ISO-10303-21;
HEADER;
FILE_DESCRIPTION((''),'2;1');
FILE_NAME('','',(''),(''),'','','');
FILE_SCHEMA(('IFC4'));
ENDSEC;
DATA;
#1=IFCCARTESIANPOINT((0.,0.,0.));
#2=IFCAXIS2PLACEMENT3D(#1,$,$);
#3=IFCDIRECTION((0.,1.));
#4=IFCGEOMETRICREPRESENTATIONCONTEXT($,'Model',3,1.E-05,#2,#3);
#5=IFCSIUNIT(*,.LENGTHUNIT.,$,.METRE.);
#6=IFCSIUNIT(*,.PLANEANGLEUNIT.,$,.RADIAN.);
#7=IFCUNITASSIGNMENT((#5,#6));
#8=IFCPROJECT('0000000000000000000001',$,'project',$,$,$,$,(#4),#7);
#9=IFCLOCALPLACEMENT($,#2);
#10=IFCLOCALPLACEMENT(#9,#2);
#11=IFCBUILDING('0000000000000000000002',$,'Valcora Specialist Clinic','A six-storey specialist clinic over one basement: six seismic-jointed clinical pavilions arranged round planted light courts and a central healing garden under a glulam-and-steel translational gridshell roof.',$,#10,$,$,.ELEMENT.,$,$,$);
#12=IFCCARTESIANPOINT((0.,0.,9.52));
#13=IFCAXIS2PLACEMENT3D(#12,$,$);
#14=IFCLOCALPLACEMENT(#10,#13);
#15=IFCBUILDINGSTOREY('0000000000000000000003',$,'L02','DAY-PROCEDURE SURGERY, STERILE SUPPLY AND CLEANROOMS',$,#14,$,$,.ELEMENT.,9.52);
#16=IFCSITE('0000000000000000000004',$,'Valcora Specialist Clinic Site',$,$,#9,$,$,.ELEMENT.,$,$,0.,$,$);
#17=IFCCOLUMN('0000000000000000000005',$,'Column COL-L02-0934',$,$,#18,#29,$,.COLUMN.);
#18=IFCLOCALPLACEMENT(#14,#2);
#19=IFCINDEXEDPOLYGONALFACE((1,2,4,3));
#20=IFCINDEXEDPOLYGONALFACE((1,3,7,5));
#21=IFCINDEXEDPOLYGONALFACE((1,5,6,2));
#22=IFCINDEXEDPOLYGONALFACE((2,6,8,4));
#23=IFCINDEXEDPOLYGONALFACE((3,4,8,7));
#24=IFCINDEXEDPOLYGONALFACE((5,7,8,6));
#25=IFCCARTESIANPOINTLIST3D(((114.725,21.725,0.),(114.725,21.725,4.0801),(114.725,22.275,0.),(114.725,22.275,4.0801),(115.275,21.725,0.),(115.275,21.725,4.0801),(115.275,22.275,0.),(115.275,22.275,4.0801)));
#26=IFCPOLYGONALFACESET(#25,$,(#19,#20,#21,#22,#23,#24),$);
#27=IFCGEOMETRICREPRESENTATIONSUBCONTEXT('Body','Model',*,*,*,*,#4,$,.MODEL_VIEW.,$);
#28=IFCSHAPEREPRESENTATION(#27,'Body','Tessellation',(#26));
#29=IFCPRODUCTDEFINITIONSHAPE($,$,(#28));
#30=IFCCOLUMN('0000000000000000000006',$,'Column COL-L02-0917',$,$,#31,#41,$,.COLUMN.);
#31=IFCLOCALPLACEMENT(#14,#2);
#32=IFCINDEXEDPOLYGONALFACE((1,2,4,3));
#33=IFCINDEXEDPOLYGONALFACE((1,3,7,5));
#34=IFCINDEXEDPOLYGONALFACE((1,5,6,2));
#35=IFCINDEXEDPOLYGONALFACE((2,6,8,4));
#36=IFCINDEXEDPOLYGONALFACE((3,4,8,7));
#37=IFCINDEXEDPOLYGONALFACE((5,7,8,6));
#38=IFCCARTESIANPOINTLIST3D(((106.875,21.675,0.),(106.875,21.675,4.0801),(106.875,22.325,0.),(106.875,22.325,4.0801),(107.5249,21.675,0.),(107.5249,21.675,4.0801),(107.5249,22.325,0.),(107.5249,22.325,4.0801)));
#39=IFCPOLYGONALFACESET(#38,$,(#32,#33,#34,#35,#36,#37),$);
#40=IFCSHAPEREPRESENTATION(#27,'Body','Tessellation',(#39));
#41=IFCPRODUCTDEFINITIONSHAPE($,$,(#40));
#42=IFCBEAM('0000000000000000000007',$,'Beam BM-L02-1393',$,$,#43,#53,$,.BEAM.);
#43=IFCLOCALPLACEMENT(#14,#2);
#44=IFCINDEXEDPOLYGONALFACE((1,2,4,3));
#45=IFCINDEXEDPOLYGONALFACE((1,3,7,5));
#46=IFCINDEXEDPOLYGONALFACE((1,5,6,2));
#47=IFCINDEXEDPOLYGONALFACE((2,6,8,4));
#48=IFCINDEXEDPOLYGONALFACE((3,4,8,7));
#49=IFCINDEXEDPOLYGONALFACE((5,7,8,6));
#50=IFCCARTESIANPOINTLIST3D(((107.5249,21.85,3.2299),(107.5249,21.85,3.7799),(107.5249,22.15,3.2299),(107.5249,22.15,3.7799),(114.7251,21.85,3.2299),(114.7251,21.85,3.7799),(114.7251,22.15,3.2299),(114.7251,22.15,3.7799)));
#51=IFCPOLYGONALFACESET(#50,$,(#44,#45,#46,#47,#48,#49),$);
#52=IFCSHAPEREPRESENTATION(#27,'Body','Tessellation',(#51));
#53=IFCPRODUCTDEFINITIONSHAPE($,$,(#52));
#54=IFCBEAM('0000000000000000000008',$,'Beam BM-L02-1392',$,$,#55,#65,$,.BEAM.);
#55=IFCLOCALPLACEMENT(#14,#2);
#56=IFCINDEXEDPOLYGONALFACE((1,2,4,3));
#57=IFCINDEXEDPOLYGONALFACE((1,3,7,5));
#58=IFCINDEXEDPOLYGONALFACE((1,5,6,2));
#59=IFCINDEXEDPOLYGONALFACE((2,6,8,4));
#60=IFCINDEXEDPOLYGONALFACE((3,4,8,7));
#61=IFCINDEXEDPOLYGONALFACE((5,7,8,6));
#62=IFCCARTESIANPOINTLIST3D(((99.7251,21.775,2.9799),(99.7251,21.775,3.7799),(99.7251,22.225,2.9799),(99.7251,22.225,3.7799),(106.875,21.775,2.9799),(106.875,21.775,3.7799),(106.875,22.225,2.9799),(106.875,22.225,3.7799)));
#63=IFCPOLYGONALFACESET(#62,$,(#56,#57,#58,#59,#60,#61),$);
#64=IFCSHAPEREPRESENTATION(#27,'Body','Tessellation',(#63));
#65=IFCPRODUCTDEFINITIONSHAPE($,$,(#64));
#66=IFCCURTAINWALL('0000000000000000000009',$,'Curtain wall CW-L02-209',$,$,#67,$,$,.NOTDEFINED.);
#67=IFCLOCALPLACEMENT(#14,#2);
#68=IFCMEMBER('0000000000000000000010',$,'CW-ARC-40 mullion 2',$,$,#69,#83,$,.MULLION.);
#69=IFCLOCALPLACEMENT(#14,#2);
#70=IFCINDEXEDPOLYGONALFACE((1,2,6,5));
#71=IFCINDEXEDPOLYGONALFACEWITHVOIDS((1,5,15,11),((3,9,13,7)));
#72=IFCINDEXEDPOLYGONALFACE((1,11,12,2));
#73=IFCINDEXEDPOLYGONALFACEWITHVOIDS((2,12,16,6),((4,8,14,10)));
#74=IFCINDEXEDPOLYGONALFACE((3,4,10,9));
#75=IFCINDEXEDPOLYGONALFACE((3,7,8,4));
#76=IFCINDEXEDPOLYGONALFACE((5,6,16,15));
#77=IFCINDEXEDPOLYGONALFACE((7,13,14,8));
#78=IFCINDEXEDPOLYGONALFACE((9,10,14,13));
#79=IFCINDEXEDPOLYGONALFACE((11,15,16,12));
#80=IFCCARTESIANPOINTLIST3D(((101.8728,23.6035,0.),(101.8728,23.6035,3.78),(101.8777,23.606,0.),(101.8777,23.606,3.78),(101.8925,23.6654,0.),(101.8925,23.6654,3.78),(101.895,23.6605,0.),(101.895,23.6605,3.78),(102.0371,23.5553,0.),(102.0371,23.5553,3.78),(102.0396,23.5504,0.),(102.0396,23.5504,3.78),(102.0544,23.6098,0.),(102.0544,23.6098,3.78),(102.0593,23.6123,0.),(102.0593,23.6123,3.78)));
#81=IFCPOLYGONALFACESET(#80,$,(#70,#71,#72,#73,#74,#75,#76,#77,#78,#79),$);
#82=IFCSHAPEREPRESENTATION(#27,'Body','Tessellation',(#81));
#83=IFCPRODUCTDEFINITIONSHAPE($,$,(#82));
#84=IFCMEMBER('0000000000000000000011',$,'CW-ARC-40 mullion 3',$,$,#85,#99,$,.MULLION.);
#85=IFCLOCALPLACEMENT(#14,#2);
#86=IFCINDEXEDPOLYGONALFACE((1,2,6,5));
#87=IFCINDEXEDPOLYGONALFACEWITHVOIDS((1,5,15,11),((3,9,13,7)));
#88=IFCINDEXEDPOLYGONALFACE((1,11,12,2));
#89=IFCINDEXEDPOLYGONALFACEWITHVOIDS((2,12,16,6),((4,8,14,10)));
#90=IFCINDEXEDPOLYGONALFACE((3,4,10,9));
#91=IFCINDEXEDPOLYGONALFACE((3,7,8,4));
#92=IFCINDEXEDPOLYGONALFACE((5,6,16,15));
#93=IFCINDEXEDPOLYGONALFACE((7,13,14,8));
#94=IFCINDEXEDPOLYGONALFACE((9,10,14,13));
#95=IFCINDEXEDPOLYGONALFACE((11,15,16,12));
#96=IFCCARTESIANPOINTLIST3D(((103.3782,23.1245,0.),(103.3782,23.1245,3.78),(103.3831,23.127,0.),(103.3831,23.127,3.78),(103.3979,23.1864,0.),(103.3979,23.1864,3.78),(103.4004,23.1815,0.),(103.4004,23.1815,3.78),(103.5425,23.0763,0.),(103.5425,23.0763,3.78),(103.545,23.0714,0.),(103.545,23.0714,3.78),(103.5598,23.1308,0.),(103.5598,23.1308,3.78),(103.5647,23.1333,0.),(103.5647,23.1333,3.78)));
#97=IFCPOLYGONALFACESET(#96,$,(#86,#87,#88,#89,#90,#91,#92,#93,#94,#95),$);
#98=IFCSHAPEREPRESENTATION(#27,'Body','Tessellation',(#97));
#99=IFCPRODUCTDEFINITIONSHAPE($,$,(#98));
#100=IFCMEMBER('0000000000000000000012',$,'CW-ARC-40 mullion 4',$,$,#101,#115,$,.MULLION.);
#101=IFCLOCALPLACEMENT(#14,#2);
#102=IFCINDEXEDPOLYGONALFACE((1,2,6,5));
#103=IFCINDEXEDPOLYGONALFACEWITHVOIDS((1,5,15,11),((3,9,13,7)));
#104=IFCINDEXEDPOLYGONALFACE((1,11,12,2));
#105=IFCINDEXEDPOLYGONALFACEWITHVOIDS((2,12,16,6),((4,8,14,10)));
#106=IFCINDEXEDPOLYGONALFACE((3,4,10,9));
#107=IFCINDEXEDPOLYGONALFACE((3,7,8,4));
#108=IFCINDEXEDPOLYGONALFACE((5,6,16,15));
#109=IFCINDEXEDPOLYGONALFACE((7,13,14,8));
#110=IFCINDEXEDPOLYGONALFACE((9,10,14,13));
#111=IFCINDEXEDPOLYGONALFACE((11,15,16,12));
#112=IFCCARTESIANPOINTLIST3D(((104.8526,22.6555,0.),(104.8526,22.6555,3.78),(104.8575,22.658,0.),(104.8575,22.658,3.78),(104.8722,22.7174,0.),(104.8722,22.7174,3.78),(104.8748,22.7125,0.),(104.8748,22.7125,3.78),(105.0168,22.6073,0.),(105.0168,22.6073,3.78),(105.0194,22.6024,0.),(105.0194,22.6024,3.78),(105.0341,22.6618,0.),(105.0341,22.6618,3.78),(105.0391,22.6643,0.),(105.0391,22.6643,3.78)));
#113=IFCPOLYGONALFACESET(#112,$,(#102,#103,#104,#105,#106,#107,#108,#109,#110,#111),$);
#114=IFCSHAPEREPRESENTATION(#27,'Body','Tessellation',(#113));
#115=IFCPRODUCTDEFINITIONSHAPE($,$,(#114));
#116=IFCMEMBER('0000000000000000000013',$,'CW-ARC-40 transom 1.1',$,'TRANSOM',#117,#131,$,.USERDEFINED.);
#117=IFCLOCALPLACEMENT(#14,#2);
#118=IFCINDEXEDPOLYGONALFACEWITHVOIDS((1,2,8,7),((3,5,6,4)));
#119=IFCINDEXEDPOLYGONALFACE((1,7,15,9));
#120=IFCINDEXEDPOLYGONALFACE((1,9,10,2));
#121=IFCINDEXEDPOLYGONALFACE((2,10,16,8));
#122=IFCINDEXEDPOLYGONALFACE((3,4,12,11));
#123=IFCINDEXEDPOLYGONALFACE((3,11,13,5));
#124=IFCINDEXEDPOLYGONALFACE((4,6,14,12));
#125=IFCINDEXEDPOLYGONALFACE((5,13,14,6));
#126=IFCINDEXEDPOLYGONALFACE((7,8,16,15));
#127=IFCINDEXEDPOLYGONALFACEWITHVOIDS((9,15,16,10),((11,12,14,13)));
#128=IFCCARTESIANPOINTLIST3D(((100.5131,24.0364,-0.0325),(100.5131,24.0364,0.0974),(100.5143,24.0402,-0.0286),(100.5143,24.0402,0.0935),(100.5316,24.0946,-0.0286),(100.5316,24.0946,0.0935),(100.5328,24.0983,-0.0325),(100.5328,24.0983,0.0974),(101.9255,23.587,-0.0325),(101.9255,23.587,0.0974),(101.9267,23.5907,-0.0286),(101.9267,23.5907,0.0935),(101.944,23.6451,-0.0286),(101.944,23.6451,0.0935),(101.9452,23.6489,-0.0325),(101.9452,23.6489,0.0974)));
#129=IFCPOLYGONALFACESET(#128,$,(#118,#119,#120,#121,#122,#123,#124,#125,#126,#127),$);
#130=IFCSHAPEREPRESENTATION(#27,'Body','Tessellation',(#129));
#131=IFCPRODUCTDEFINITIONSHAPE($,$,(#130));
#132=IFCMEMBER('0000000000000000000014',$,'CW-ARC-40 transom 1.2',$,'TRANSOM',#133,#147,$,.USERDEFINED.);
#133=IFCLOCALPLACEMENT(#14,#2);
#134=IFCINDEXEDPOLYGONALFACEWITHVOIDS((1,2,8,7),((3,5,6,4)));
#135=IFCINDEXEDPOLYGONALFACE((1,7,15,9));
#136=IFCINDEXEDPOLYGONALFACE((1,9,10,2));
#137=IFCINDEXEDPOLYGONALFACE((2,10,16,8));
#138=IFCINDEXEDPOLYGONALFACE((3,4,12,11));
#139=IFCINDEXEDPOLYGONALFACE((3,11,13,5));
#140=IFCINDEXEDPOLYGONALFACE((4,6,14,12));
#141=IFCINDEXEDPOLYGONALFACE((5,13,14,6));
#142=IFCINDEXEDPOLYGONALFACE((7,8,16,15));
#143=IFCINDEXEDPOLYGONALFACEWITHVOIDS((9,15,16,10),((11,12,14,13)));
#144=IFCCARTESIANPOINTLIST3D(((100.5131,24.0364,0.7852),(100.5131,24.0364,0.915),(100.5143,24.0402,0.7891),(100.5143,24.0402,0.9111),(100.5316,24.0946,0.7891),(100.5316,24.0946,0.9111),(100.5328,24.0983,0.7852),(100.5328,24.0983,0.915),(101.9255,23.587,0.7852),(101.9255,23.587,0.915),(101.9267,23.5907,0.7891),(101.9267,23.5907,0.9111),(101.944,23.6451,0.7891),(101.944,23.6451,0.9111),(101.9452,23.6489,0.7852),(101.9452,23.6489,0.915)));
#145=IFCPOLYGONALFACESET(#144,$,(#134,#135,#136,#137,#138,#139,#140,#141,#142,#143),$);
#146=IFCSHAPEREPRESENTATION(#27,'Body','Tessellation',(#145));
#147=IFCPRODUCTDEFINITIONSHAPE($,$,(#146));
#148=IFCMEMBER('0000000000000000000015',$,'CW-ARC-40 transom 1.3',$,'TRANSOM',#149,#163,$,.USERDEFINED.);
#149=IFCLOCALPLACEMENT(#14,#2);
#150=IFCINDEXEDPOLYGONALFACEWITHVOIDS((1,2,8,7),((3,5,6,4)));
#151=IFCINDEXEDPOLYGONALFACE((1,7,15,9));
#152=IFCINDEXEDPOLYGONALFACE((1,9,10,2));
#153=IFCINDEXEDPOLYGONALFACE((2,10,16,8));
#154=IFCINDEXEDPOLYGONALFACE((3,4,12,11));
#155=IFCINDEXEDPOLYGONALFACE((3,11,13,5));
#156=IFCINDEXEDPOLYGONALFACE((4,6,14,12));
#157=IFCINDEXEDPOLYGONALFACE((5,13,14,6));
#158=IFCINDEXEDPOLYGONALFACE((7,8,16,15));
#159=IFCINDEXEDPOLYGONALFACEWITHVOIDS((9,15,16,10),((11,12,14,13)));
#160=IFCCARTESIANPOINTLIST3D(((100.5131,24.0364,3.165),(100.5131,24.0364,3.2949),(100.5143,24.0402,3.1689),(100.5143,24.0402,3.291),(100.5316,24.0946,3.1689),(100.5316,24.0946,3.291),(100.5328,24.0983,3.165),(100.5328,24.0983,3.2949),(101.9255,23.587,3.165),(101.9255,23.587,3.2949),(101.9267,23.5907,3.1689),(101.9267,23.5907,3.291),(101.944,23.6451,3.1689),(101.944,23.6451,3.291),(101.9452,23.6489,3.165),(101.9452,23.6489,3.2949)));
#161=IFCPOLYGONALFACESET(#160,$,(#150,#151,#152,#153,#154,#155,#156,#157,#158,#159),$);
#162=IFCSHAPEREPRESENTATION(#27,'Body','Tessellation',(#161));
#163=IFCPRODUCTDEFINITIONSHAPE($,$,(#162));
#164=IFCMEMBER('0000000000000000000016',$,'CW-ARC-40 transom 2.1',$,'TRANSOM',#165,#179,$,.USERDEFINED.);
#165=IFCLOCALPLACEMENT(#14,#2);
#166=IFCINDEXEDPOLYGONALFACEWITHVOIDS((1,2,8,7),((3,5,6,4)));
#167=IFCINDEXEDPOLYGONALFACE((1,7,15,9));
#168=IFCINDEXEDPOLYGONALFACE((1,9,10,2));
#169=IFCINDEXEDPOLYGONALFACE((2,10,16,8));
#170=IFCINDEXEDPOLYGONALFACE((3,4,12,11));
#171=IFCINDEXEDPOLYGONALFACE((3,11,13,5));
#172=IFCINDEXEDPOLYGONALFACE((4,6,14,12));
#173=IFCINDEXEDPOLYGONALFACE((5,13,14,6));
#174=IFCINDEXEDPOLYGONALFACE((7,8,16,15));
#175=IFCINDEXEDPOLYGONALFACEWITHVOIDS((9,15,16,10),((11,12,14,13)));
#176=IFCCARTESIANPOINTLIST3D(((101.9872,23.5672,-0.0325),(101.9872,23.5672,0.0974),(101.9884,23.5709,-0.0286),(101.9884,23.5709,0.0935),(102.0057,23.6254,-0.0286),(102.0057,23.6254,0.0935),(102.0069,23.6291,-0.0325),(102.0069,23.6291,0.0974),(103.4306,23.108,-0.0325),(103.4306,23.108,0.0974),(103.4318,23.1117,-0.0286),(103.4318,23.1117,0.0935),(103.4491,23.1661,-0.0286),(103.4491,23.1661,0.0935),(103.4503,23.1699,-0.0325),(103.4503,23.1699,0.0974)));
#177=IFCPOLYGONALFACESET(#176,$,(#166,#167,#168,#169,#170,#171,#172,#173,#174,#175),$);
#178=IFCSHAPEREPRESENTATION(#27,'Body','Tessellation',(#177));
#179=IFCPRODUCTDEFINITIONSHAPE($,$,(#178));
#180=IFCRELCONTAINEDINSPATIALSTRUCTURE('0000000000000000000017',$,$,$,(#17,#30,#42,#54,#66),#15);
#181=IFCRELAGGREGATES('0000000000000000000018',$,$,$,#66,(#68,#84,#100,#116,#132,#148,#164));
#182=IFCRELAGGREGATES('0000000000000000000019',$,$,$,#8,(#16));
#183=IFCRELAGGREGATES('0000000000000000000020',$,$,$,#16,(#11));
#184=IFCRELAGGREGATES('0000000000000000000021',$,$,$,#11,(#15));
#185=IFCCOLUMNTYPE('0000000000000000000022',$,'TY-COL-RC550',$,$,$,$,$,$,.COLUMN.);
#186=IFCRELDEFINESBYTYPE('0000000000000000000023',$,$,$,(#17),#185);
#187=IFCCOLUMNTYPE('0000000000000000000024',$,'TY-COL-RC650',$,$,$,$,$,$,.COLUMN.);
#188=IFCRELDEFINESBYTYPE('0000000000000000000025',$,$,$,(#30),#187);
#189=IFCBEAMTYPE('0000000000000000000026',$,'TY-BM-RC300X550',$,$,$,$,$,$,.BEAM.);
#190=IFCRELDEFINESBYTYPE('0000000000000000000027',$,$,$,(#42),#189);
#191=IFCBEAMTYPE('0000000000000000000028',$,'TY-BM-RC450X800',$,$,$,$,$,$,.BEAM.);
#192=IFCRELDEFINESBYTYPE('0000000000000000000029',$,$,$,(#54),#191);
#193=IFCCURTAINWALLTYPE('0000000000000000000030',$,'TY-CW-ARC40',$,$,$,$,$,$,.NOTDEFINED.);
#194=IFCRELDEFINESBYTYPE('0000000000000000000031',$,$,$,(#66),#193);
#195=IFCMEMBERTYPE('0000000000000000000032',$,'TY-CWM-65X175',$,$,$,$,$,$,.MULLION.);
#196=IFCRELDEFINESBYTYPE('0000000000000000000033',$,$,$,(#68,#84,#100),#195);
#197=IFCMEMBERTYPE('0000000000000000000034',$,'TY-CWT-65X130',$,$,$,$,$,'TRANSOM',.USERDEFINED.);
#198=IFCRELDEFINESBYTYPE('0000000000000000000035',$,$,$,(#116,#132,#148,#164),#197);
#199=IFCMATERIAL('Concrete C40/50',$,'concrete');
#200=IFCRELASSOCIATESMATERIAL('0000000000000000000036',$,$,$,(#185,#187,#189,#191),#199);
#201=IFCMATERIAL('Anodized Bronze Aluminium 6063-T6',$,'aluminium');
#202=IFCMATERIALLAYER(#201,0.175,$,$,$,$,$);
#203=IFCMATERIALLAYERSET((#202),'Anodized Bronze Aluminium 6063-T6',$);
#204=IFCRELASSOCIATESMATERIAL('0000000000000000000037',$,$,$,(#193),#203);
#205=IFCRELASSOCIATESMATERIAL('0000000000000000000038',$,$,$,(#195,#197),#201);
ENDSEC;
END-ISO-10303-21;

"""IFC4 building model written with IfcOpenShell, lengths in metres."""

from ifc_helpers import new_model, si_unit, direction, frame, origin, origin_2d, place, context, subcontext, project, spatial, rectangle, hollow_rectangle, extrude, material, layer, layer_set, material_profile, profile_set, type_object, element, aggregate, save


model = new_model("IFC4")

# Units and contexts
model_context = context("Model", 3, precision=1e-05, world=origin(), true_north=direction((0.0, 1.0)))
body_context = subcontext(model_context, "Body", "Model", "MODEL_VIEW")
ifc_project = project(units=[si_unit("LENGTHUNIT", "METRE"), si_unit("PLANEANGLEUNIT", "RADIAN")], contexts=[model_context])

# Site, building, storey
site_placement = place(None, origin())
site = spatial("IfcSite", under=ifc_project, at=site_placement, Name="Valcora Specialist Clinic Site", CompositionType="ELEMENT", RefElevation=0.0)
building_placement = place(site_placement, origin())
building = spatial("IfcBuilding", under=site, at=building_placement, Name="Valcora Specialist Clinic", Description="A six-storey specialist clinic over one basement: six seismic-jointed clinical pavilions arranged round planted light courts and a central healing garden under a glulam-and-steel translational gridshell roof.", CompositionType="ELEMENT")
storey_placement = place(building_placement, frame((0.0, 0.0, 9.52)))
storey = spatial("IfcBuildingStorey", under=building, at=storey_placement, Name="L02", Description="DAY-PROCEDURE SURGERY, STERILE SUPPLY AND CLEANROOMS", CompositionType="ELEMENT", Elevation=9.52)

# Columns
ifc_material_1 = material(Name="Concrete C40/50", Category="concrete")
ifc_material_profile_1 = material_profile(ifc_material_1, rectangle(XDim=0.55, YDim=0.55, at=origin_2d()), Name="RC-COL-550X550")
ifc_profile_set_1 = profile_set([ifc_material_profile_1], Name="Concrete C40/50")
column_type_1 = type_object("IfcColumnType", Name="TY-COL-RC550", PredefinedType="COLUMN", material=ifc_profile_set_1)
column_1_placement = place(storey_placement, frame((115.0, 22.0, 0.0), z_axis=(0.0, 0.0, 1.0), x_axis=(1.0, 0.0, 0.0)))
element("IfcColumn", 1, at=column_1_placement, inside=storey, type_object=column_type_1, Name="Column COL-L02-0934", PredefinedType="COLUMN", context=body_context, shape_type="SweptSolid", body=[
    extrude(rectangle(XDim=0.55, YDim=0.55, at=origin_2d()), origin(), (0.0, 0.0, 1.0), 4.0801),
])
ifc_material_profile_2 = material_profile(ifc_material_1, rectangle(XDim=0.6499, YDim=0.6499, at=origin_2d()), Name="RC-COL-650X650")
ifc_profile_set_2 = profile_set([ifc_material_profile_2], Name="Concrete C40/50")
column_type_2 = type_object("IfcColumnType", Name="TY-COL-RC650", PredefinedType="COLUMN", material=ifc_profile_set_2)
column_2_placement = place(storey_placement, frame((107.2, 22.0, 0.0), z_axis=(0.0, 0.0, 1.0), x_axis=(1.0, 0.0, 0.0)))
element("IfcColumn", 2, at=column_2_placement, inside=storey, type_object=column_type_2, Name="Column COL-L02-0917", PredefinedType="COLUMN", context=body_context, shape_type="SweptSolid", body=[
    extrude(rectangle(XDim=0.6499, YDim=0.6499, at=origin_2d()), origin(), (0.0, 0.0, 1.0), 4.0801),
])

# Beams
ifc_material_profile_3 = material_profile(ifc_material_1, rectangle(XDim=0.3, YDim=0.55, at=origin_2d()), Name="RC-BM-300X550")
ifc_profile_set_3 = profile_set([ifc_material_profile_3], Name="Concrete C40/50")
beam_type_1 = type_object("IfcBeamType", Name="TY-BM-RC300X550", PredefinedType="BEAM", material=ifc_profile_set_3)
beam_1_placement = place(storey_placement, frame((107.5249, 22.0, 3.5049), z_axis=(1.0, 0.0, 0.0), x_axis=(0.0, 1.0, 0.0)))
element("IfcBeam", 3, at=beam_1_placement, inside=storey, type_object=beam_type_1, Name="Beam BM-L02-1393", PredefinedType="BEAM", context=body_context, shape_type="SweptSolid", body=[
    extrude(rectangle(XDim=0.3, YDim=0.55, at=origin_2d()), origin(), (0.0, 0.0, 1.0), 7.2002),
])
ifc_material_profile_4 = material_profile(ifc_material_1, rectangle(XDim=0.45, YDim=0.8, at=origin_2d()), Name="RC-BM-450X800")
ifc_profile_set_4 = profile_set([ifc_material_profile_4], Name="Concrete C40/50")
beam_type_2 = type_object("IfcBeamType", Name="TY-BM-RC450X800", PredefinedType="BEAM", material=ifc_profile_set_4)
beam_2_placement = place(storey_placement, frame((99.7251, 22.0, 3.3799), z_axis=(1.0, 0.0, 0.0), x_axis=(0.0, 1.0, 0.0)))
element("IfcBeam", 4, at=beam_2_placement, inside=storey, type_object=beam_type_2, Name="Beam BM-L02-1392", PredefinedType="BEAM", context=body_context, shape_type="SweptSolid", body=[
    extrude(rectangle(XDim=0.45, YDim=0.8, at=origin_2d()), origin(), (0.0, 0.0, 1.0), 7.1499),
])

# Curtain wall, members
ifc_material_2 = material(Name="Anodized Bronze Aluminium 6063-T6", Category="aluminium")
ifc_layer_1 = layer(ifc_material_2, 0.175)
ifc_layer_set_1 = layer_set([ifc_layer_1], Name="Anodized Bronze Aluminium 6063-T6")
curtain_wall_type = type_object("IfcCurtainWallType", Name="TY-CW-ARC40", PredefinedType="NOTDEFINED", material=ifc_layer_set_1)
curtain_wall_placement = place(storey_placement, origin())
curtain_wall = element("IfcCurtainWall", 5, at=curtain_wall_placement, inside=storey, type_object=curtain_wall_type, Name="Curtain wall CW-L02-209", PredefinedType="NOTDEFINED")
ifc_material_profile_5 = material_profile(ifc_material_2, hollow_rectangle(XDim=0.0649, YDim=0.175, WallThickness=0.0039, at=origin_2d()), Name="AL-MUL-65X175")
ifc_profile_set_5 = profile_set([ifc_material_profile_5], Name="Anodized Bronze Aluminium 6063-T6")
member_type_1 = type_object("IfcMemberType", Name="TY-CWM-65X175", PredefinedType="MULLION", material=ifc_profile_set_5)
member_1_placement = place(storey_placement, frame((101.9661, 23.6079, 0.0), z_axis=(0.0, 0.0, 1.0), x_axis=(0.303233, 0.952916, 0.0)))
member_1 = element("IfcMember", 6, at=member_1_placement, type_object=member_type_1, Name="CW-ARC-40 mullion 2", PredefinedType="MULLION", context=body_context, shape_type="SweptSolid", body=[
    extrude(hollow_rectangle(XDim=0.0649, YDim=0.175, WallThickness=0.0039, at=origin_2d()), origin(), (0.0, 0.0, 1.0), 3.78),
])
member_2_placement = place(storey_placement, frame((103.4714, 23.1289, 0.0), z_axis=(0.0, 0.0, 1.0), x_axis=(0.303233, 0.952916, 0.0)))
member_2 = element("IfcMember", 7, at=member_2_placement, type_object=member_type_1, Name="CW-ARC-40 mullion 3", PredefinedType="MULLION", context=body_context, shape_type="SweptSolid", body=[
    extrude(hollow_rectangle(XDim=0.0649, YDim=0.175, WallThickness=0.0039, at=origin_2d()), origin(), (0.0, 0.0, 1.0), 3.78),
])
member_3_placement = place(storey_placement, frame((104.9458, 22.6599, 0.0), z_axis=(0.0, 0.0, 1.0), x_axis=(0.303233, 0.952916, 0.0)))
member_3 = element("IfcMember", 8, at=member_3_placement, type_object=member_type_1, Name="CW-ARC-40 mullion 4", PredefinedType="MULLION", context=body_context, shape_type="SweptSolid", body=[
    extrude(hollow_rectangle(XDim=0.0649, YDim=0.175, WallThickness=0.0039, at=origin_2d()), origin(), (0.0, 0.0, 1.0), 3.78),
])
ifc_material_profile_6 = material_profile(ifc_material_2, hollow_rectangle(XDim=0.0649, YDim=0.1299, WallThickness=0.0039, at=origin_2d()), Name="AL-TRN-65X130")
ifc_profile_set_6 = profile_set([ifc_material_profile_6], Name="Anodized Bronze Aluminium 6063-T6")
member_type_2 = type_object("IfcMemberType", Name="TY-CWT-65X130", ElementType="TRANSOM", PredefinedType="USERDEFINED", material=ifc_profile_set_6)
member_4_placement = place(storey_placement, frame((100.5229, 24.0674, 0.0325), z_axis=(0.952911, -0.303251, 0.0), x_axis=(0.303251, 0.952911, 0.0)))
member_4 = element("IfcMember", 9, at=member_4_placement, type_object=member_type_2, Name="CW-ARC-40 transom 1.1", ObjectType="TRANSOM", PredefinedType="USERDEFINED", context=body_context, shape_type="SweptSolid", body=[
    extrude(hollow_rectangle(XDim=0.0649, YDim=0.1299, WallThickness=0.0039, at=origin_2d()), origin(), (0.0, 0.0, 1.0), 1.4822),
])
member_5_placement = place(storey_placement, frame((100.5229, 24.0674, 0.8501), z_axis=(0.952911, -0.303251, 0.0), x_axis=(0.303251, 0.952911, 0.0)))
member_5 = element("IfcMember", 10, at=member_5_placement, type_object=member_type_2, Name="CW-ARC-40 transom 1.2", ObjectType="TRANSOM", PredefinedType="USERDEFINED", context=body_context, shape_type="SweptSolid", body=[
    extrude(hollow_rectangle(XDim=0.0649, YDim=0.1299, WallThickness=0.0039, at=origin_2d()), origin(), (0.0, 0.0, 1.0), 1.4822),
])
member_6_placement = place(storey_placement, frame((100.5229, 24.0674, 3.23), z_axis=(0.952911, -0.303251, 0.0), x_axis=(0.303251, 0.952911, 0.0)))
member_6 = element("IfcMember", 11, at=member_6_placement, type_object=member_type_2, Name="CW-ARC-40 transom 1.3", ObjectType="TRANSOM", PredefinedType="USERDEFINED", context=body_context, shape_type="SweptSolid", body=[
    extrude(hollow_rectangle(XDim=0.0649, YDim=0.1299, WallThickness=0.0039, at=origin_2d()), origin(), (0.0, 0.0, 1.0), 1.4822),
])
member_7_placement = place(storey_placement, frame((101.9971, 23.5981, 0.0325), z_axis=(0.95293, -0.30319, 0.0), x_axis=(0.30319, 0.95293, 0.0)))
member_7 = element("IfcMember", 12, at=member_7_placement, type_object=member_type_2, Name="CW-ARC-40 transom 2.1", ObjectType="TRANSOM", PredefinedType="USERDEFINED", context=body_context, shape_type="SweptSolid", body=[
    extrude(hollow_rectangle(XDim=0.0649, YDim=0.1299, WallThickness=0.0039, at=origin_2d()), origin(), (0.0, 0.0, 1.0), 1.5146),
])
aggregate(curtain_wall, [member_1, member_2, member_3, member_4, member_5, member_6, member_7])

save(model, "model.ifc")
